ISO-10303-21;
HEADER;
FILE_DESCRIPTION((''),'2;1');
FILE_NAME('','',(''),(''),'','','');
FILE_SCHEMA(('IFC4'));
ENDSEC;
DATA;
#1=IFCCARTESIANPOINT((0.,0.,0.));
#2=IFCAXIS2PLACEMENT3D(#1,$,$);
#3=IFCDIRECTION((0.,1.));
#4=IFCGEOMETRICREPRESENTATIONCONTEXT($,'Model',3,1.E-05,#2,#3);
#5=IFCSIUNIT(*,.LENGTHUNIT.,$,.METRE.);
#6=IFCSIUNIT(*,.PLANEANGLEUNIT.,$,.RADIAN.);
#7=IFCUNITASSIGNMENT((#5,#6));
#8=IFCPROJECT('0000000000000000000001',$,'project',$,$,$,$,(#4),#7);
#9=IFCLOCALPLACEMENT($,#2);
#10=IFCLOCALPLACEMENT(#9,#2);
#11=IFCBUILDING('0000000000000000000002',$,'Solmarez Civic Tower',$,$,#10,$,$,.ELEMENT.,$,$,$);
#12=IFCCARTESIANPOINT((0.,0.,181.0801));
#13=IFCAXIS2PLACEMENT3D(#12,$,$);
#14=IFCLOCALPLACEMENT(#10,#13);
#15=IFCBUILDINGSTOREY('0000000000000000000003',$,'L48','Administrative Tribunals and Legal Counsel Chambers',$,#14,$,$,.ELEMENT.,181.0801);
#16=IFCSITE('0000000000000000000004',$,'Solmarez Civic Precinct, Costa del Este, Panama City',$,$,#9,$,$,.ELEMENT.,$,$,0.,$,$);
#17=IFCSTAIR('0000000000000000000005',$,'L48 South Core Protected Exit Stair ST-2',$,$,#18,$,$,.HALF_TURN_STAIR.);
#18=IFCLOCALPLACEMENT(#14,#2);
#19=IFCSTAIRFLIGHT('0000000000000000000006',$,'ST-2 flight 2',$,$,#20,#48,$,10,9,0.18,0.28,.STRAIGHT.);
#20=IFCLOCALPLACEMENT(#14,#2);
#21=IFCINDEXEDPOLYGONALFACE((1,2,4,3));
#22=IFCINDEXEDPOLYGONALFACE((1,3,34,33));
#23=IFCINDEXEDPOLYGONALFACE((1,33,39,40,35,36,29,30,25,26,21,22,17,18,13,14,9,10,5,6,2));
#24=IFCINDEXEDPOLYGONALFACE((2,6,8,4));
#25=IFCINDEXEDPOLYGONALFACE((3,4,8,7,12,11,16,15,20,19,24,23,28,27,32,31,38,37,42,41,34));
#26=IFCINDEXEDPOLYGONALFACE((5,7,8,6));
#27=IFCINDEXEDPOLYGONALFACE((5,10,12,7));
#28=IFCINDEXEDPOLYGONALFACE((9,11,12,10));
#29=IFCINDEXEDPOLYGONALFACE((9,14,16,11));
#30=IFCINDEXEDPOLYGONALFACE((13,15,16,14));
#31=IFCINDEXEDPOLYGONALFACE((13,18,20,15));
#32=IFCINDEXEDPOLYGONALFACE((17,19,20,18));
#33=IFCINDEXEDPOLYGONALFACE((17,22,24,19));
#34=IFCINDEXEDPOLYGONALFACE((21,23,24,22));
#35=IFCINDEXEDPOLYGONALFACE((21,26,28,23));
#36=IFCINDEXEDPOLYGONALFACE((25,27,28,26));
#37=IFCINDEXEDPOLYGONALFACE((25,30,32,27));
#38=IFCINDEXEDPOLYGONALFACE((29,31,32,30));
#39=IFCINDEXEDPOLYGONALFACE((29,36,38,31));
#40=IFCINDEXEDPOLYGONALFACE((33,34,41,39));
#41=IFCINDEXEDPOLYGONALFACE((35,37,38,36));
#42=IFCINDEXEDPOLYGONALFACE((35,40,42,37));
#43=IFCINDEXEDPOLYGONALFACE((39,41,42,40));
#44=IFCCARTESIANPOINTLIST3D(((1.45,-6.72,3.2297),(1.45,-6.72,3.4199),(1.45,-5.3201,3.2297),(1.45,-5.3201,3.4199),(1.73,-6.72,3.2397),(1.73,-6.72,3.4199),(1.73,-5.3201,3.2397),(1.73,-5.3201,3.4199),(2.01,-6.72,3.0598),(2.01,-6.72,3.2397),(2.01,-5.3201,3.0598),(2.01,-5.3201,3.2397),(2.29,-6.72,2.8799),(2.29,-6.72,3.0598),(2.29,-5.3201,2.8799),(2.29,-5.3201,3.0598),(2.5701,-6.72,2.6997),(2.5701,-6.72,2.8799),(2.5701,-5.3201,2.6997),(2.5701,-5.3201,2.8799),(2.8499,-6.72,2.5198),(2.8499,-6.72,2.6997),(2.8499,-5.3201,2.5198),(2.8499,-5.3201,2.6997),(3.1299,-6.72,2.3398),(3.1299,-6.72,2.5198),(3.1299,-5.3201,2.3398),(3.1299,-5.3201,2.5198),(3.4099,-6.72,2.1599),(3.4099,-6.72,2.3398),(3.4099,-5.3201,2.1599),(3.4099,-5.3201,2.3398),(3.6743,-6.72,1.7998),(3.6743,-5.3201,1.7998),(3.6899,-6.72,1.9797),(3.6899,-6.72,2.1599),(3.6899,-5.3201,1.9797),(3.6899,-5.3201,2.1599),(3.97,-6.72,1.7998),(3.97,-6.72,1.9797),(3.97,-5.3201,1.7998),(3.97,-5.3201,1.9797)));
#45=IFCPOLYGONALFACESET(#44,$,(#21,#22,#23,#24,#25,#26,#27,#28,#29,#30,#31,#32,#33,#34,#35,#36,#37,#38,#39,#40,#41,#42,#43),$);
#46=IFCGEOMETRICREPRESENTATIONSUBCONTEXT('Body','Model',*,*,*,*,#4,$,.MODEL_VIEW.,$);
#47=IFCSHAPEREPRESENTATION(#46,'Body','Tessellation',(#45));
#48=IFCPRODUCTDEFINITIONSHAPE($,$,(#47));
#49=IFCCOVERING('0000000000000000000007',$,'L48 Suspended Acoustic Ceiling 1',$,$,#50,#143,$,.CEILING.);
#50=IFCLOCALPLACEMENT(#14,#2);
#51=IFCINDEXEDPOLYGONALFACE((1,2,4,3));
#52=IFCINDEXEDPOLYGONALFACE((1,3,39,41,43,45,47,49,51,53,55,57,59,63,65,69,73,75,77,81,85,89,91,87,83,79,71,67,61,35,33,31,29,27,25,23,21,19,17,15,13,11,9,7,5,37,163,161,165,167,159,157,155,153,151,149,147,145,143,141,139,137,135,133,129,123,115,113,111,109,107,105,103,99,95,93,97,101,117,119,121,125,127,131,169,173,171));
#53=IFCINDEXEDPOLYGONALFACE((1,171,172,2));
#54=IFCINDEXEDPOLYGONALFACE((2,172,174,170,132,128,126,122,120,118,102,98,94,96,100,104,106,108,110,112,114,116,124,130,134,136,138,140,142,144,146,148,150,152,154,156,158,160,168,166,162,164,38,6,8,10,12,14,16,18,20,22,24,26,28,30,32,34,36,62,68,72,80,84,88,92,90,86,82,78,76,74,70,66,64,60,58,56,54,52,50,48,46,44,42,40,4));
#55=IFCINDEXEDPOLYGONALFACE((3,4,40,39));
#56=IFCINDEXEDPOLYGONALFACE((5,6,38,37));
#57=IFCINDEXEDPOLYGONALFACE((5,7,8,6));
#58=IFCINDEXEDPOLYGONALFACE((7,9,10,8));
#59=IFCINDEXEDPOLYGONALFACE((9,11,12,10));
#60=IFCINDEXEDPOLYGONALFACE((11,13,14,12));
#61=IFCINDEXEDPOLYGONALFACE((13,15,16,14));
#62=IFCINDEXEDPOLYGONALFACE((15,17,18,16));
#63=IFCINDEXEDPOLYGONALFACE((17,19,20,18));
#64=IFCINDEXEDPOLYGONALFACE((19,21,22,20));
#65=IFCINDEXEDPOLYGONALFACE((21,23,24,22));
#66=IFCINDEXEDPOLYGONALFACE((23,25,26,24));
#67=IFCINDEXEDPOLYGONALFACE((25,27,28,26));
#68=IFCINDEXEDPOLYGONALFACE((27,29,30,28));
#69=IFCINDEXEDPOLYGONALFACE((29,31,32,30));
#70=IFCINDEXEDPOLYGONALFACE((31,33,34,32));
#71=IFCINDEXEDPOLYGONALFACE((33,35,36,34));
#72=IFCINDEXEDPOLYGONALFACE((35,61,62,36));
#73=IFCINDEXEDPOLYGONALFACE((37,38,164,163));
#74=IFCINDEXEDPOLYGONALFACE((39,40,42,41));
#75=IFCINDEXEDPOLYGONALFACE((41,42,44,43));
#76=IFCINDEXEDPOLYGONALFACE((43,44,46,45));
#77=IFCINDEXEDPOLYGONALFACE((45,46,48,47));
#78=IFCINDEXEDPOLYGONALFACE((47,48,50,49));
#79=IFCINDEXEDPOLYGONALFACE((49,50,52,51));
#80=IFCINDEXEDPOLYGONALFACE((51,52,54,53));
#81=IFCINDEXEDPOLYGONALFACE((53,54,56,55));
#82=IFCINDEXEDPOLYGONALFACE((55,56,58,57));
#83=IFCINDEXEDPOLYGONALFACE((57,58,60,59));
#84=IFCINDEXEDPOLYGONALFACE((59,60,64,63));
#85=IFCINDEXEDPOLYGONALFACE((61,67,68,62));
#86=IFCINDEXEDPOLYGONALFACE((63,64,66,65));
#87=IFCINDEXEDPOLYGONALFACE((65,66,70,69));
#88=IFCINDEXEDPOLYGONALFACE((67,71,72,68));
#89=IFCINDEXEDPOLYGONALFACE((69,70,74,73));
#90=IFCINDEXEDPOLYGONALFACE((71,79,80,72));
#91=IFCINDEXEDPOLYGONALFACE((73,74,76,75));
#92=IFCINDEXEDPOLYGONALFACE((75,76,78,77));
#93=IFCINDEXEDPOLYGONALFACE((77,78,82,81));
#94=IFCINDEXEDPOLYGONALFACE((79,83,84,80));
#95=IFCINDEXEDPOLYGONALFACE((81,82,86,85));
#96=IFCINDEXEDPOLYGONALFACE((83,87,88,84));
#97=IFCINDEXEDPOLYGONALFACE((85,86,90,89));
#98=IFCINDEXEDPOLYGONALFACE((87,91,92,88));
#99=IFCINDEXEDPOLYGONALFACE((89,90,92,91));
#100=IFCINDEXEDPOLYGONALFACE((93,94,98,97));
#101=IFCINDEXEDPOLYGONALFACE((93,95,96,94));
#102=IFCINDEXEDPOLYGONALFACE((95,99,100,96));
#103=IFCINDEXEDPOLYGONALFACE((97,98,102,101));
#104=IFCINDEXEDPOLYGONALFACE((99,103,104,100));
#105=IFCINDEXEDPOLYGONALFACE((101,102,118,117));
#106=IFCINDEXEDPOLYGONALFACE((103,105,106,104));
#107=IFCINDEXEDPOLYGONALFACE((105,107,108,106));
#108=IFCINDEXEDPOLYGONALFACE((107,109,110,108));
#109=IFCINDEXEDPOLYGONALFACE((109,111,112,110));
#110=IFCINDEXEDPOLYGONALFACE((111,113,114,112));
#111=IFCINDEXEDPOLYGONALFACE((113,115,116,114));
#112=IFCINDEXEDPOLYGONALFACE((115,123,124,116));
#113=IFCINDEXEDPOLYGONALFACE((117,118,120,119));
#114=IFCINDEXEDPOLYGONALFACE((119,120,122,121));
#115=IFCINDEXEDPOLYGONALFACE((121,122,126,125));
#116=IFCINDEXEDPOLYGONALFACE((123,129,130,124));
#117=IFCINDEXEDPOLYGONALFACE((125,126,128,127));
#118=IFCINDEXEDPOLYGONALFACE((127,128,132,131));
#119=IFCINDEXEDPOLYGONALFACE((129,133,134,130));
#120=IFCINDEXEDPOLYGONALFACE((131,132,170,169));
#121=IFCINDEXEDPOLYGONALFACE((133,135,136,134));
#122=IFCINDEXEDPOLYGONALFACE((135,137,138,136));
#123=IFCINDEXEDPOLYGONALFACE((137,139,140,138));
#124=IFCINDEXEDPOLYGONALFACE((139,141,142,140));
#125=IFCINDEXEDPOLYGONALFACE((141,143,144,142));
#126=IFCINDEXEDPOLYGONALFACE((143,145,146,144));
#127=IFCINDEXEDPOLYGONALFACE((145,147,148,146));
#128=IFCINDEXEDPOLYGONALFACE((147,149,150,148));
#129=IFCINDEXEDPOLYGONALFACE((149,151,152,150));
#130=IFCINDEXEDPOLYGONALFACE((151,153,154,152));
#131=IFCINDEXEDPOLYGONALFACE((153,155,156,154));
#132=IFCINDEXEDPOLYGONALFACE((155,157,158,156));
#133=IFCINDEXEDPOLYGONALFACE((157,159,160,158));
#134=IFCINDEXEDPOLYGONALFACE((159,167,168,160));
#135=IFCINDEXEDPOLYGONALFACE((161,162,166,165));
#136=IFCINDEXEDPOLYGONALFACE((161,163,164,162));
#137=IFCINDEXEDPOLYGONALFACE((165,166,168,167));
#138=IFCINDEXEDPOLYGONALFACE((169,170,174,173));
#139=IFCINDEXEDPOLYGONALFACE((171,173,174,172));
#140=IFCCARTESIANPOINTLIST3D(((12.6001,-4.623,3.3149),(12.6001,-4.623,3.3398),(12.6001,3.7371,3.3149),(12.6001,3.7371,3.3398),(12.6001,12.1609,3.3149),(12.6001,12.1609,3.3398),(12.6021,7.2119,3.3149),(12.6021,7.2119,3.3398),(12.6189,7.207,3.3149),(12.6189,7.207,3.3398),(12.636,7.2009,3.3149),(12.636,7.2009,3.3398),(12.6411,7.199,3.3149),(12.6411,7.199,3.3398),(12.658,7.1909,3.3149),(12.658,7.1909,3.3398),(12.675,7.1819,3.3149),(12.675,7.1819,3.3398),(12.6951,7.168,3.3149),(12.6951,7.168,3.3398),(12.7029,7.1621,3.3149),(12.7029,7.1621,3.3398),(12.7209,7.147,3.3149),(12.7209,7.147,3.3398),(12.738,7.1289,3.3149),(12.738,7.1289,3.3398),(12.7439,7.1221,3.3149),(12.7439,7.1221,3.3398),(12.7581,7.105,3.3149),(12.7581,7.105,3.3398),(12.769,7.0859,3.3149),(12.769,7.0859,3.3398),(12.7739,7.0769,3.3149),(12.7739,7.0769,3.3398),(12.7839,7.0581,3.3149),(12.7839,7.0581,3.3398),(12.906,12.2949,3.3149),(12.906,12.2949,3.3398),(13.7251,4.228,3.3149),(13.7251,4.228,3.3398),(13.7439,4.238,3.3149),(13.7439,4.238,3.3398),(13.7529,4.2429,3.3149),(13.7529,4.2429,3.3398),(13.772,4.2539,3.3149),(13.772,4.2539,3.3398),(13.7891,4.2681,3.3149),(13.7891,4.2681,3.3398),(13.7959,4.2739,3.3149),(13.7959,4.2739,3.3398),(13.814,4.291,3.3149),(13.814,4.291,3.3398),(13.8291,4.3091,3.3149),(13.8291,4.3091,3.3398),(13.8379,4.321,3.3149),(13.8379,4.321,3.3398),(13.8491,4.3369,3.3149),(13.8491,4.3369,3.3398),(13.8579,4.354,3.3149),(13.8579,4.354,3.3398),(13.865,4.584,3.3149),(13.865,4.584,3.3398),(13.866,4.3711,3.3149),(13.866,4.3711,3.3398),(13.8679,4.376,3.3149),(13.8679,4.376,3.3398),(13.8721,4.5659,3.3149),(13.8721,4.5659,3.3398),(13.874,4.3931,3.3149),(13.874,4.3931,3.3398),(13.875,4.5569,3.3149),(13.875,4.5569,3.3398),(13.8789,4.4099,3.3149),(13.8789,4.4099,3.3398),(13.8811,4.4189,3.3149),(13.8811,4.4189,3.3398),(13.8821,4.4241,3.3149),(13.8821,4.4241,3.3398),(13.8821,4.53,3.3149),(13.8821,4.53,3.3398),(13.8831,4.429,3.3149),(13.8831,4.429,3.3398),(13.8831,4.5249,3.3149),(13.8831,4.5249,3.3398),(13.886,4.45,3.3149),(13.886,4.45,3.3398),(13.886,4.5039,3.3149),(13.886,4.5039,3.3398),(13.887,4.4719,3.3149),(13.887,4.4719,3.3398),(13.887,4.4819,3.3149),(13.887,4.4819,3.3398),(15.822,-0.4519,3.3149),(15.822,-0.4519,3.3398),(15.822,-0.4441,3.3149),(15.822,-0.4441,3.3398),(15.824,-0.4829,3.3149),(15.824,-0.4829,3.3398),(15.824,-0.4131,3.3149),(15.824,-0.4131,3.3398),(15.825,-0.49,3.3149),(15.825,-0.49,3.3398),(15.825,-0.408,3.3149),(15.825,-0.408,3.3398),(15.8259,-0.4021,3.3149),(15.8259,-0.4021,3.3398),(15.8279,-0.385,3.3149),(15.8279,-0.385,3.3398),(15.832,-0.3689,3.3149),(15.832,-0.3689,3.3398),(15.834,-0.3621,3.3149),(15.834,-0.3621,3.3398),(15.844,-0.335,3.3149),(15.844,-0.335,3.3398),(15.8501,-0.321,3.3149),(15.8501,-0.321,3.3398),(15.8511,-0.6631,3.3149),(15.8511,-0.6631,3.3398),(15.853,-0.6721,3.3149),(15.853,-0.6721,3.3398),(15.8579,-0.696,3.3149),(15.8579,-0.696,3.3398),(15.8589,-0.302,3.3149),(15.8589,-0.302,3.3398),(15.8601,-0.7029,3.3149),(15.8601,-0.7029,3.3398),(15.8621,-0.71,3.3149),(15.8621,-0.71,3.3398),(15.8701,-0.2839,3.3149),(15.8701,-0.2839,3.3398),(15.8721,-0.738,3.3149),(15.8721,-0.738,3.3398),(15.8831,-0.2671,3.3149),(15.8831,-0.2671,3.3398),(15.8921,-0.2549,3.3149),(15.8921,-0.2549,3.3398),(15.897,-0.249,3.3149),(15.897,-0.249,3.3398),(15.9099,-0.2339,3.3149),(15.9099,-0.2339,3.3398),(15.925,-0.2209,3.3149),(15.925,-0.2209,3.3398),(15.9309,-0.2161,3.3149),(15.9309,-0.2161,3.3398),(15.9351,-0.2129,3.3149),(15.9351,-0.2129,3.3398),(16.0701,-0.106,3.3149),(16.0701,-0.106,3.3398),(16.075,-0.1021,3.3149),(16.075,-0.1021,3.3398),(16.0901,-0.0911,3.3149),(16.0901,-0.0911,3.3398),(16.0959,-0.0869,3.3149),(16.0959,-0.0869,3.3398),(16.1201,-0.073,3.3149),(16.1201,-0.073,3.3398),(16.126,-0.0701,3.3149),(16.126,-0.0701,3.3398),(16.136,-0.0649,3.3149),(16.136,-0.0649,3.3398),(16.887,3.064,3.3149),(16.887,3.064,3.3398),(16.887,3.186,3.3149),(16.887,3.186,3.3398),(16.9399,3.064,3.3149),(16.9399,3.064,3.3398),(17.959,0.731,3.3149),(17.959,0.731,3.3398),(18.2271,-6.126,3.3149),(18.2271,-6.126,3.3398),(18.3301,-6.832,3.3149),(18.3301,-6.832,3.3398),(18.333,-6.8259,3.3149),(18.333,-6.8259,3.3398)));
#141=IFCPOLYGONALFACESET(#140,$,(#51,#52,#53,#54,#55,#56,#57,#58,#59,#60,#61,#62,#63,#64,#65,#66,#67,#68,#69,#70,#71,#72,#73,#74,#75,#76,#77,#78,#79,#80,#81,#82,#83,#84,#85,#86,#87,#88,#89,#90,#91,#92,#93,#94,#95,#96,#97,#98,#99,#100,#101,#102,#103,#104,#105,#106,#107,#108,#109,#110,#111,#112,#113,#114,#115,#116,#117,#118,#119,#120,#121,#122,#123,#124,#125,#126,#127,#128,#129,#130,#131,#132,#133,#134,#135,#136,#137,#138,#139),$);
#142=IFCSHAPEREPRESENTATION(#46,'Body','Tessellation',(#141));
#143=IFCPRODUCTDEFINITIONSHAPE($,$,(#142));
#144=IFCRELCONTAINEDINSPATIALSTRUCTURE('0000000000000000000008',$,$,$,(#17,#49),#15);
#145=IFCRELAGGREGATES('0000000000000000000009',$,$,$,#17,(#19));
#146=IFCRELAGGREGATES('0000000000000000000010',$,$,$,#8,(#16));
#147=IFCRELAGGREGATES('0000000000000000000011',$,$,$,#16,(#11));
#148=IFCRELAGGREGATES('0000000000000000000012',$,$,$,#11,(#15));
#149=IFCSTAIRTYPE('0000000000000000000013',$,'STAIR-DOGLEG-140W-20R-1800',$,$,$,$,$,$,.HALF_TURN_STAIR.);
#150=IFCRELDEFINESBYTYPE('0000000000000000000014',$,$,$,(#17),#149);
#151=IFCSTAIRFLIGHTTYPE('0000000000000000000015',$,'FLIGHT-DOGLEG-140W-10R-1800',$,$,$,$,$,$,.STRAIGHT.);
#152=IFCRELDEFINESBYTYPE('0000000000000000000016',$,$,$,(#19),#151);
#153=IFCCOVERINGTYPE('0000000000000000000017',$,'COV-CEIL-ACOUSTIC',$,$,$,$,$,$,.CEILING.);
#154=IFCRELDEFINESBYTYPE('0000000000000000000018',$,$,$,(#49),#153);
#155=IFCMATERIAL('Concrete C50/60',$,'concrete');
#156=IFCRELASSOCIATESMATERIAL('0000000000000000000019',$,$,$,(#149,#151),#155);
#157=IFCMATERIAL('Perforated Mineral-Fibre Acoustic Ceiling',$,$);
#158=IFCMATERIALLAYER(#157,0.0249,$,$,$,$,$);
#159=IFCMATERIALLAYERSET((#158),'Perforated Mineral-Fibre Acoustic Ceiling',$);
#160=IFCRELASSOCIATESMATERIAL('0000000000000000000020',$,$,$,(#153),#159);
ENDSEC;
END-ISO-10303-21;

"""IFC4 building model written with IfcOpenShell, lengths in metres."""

from ifc_helpers import new_model, si_unit, direction, frame, origin, place, context, subcontext, project, spatial, polyline, outline, extrude, material, layer, layer_set, type_object, element, aggregate, save


model = new_model("IFC4")

# Units and contexts
model_context = context("Model", 3, precision=1e-05, world=origin(), true_north=direction((0.0, 1.0)))
body_context = subcontext(model_context, "Body", "Model", "MODEL_VIEW")
ifc_project = project(units=[si_unit("LENGTHUNIT", "METRE"), si_unit("PLANEANGLEUNIT", "RADIAN")], contexts=[model_context])

# Site, building, storey
site_placement = place(None, origin())
site = spatial("IfcSite", under=ifc_project, at=site_placement, Name="Solmarez Civic Precinct, Costa del Este, Panama City", CompositionType="ELEMENT", RefElevation=0.0)
building_placement = place(site_placement, origin())
building = spatial("IfcBuilding", under=site, at=building_placement, Name="Solmarez Civic Tower", CompositionType="ELEMENT")
storey_placement = place(building_placement, frame((0.0, 0.0, 181.0801)))
storey = spatial("IfcBuildingStorey", under=building, at=storey_placement, Name="L48", Description="Administrative Tribunals and Legal Counsel Chambers", CompositionType="ELEMENT", Elevation=181.0801)

# Shared definitions
ifc_material_1 = material(Name="Concrete C50/60", Category="concrete")

# Stair
stair_type = type_object("IfcStairType", Name="STAIR-DOGLEG-140W-20R-1800", PredefinedType="HALF_TURN_STAIR", material=ifc_material_1)
stair_1_placement = place(storey_placement, origin())
stair_1 = element("IfcStair", 1, at=stair_1_placement, inside=storey, type_object=stair_type, Name="L48 South Core Protected Exit Stair ST-2", PredefinedType="HALF_TURN_STAIR")

# Stair flight
stair_flight_type = type_object("IfcStairFlightType", Name="FLIGHT-DOGLEG-140W-10R-1800", PredefinedType="STRAIGHT", material=ifc_material_1)
stair_flight_1_placement = place(storey_placement, frame((3.97, -6.02, 1.7998), z_axis=(0.0, 0.0, 1.0), x_axis=(-1.0, 0.0, 0.0)))
stair_flight_1 = element("IfcStairFlight", 2, at=stair_flight_1_placement, type_object=stair_flight_type, Name="ST-2 flight 2", NumberOfRisers=10, NumberOfTreads=9, PredefinedType="STRAIGHT", RiserHeight=0.18, TreadLength=0.28, context=body_context, shape_type="SweptSolid", body=[
    extrude(outline(polyline([(0.0, 0.0), (0.0, 0.1799), (0.28, 0.1799), (0.28, 0.3601), (0.5601, 0.3601), (0.5601, 0.54), (0.8401, 0.54), (0.8401, 0.72), (1.1201, 0.72), (1.1201, 0.8999), (1.3999, 0.8999), (1.3999, 1.0801), (1.6799, 1.0801), (1.6799, 1.26), (1.96, 1.26), (1.96, 1.4399), (2.24, 1.4399), (2.24, 1.6201), (2.52, 1.6201), (2.52, 1.8), (2.52, 1.4299), (0.2957, 0.0), (0.0, 0.0)])), frame((0.0, 0.7, 0.0), z_axis=(0.0, -1.0, 0.0), x_axis=(1.0, 0.0, 0.0)), (0.0, 0.0, 1.0), 1.3999),
])
aggregate(stair_1, [stair_flight_1])

# Covering
ifc_material_2 = material(Name="Perforated Mineral-Fibre Acoustic Ceiling")
ifc_layer_1 = layer(ifc_material_2, 0.0249)
ifc_layer_set_1 = layer_set([ifc_layer_1], Name="Perforated Mineral-Fibre Acoustic Ceiling")
covering_type_1 = type_object("IfcCoveringType", Name="COV-CEIL-ACOUSTIC", PredefinedType="CEILING", material=ifc_layer_set_1)
covering_1_placement = place(storey_placement, frame((0.0, 0.0, 3.3149)))
element("IfcCovering", 3, at=covering_1_placement, inside=storey, type_object=covering_type_1, Name="L48 Suspended Acoustic Ceiling 1", PredefinedType="CEILING", context=body_context, shape_type="SweptSolid", body=[
    extrude(outline(polyline([(12.6001, 12.1609), (12.6021, 7.2119), (12.6189, 7.207), (12.636, 7.2009), (12.6411, 7.199), (12.658, 7.1909), (12.675, 7.1819), (12.6951, 7.168), (12.7029, 7.1621), (12.7209, 7.147), (12.738, 7.1289), (12.7439, 7.1221), (12.7581, 7.105), (12.769, 7.0859), (12.7739, 7.0769), (12.7839, 7.0581), (13.865, 4.584), (13.8721, 4.5659), (13.875, 4.5569), (13.8821, 4.53), (13.8831, 4.5249), (13.886, 4.5039), (13.887, 4.4819), (13.887, 4.4719), (13.886, 4.45), (13.8831, 4.429), (13.8821, 4.4241), (13.8811, 4.4189), (13.8789, 4.4099), (13.874, 4.3931), (13.8679, 4.376), (13.866, 4.3711), (13.8579, 4.354), (13.8491, 4.3369), (13.8379, 4.321), (13.8291, 4.3091), (13.814, 4.291), (13.7959, 4.2739), (13.7891, 4.2681), (13.772, 4.2539), (13.7529, 4.2429), (13.7439, 4.238), (13.7251, 4.228), (12.6001, 3.7371), (12.6001, -4.623), (18.3301, -6.832), (18.333, -6.8259), (18.2271, -6.126), (15.8721, -0.738), (15.8621, -0.71), (15.8601, -0.7029), (15.8579, -0.696), (15.853, -0.6721), (15.8511, -0.6631), (15.825, -0.49), (15.824, -0.4829), (15.822, -0.4519), (15.822, -0.4441), (15.824, -0.4131), (15.825, -0.408), (15.8259, -0.4021), (15.8279, -0.385), (15.832, -0.3689), (15.834, -0.3621), (15.844, -0.335), (15.8501, -0.321), (15.8589, -0.302), (15.8701, -0.2839), (15.8831, -0.2671), (15.8921, -0.2549), (15.897, -0.249), (15.9099, -0.2339), (15.925, -0.2209), (15.9309, -0.2161), (15.9351, -0.2129), (16.0701, -0.106), (16.075, -0.1021), (16.0901, -0.0911), (16.0959, -0.0869), (16.1201, -0.073), (16.126, -0.0701), (16.136, -0.0649), (17.959, 0.731), (16.9399, 3.064), (16.887, 3.064), (16.887, 3.186), (12.906, 12.2949), (12.6001, 12.1609)])), origin(), (0.0, 0.0, 1.0), 0.0249),
])

save(model, "model.ifc")
